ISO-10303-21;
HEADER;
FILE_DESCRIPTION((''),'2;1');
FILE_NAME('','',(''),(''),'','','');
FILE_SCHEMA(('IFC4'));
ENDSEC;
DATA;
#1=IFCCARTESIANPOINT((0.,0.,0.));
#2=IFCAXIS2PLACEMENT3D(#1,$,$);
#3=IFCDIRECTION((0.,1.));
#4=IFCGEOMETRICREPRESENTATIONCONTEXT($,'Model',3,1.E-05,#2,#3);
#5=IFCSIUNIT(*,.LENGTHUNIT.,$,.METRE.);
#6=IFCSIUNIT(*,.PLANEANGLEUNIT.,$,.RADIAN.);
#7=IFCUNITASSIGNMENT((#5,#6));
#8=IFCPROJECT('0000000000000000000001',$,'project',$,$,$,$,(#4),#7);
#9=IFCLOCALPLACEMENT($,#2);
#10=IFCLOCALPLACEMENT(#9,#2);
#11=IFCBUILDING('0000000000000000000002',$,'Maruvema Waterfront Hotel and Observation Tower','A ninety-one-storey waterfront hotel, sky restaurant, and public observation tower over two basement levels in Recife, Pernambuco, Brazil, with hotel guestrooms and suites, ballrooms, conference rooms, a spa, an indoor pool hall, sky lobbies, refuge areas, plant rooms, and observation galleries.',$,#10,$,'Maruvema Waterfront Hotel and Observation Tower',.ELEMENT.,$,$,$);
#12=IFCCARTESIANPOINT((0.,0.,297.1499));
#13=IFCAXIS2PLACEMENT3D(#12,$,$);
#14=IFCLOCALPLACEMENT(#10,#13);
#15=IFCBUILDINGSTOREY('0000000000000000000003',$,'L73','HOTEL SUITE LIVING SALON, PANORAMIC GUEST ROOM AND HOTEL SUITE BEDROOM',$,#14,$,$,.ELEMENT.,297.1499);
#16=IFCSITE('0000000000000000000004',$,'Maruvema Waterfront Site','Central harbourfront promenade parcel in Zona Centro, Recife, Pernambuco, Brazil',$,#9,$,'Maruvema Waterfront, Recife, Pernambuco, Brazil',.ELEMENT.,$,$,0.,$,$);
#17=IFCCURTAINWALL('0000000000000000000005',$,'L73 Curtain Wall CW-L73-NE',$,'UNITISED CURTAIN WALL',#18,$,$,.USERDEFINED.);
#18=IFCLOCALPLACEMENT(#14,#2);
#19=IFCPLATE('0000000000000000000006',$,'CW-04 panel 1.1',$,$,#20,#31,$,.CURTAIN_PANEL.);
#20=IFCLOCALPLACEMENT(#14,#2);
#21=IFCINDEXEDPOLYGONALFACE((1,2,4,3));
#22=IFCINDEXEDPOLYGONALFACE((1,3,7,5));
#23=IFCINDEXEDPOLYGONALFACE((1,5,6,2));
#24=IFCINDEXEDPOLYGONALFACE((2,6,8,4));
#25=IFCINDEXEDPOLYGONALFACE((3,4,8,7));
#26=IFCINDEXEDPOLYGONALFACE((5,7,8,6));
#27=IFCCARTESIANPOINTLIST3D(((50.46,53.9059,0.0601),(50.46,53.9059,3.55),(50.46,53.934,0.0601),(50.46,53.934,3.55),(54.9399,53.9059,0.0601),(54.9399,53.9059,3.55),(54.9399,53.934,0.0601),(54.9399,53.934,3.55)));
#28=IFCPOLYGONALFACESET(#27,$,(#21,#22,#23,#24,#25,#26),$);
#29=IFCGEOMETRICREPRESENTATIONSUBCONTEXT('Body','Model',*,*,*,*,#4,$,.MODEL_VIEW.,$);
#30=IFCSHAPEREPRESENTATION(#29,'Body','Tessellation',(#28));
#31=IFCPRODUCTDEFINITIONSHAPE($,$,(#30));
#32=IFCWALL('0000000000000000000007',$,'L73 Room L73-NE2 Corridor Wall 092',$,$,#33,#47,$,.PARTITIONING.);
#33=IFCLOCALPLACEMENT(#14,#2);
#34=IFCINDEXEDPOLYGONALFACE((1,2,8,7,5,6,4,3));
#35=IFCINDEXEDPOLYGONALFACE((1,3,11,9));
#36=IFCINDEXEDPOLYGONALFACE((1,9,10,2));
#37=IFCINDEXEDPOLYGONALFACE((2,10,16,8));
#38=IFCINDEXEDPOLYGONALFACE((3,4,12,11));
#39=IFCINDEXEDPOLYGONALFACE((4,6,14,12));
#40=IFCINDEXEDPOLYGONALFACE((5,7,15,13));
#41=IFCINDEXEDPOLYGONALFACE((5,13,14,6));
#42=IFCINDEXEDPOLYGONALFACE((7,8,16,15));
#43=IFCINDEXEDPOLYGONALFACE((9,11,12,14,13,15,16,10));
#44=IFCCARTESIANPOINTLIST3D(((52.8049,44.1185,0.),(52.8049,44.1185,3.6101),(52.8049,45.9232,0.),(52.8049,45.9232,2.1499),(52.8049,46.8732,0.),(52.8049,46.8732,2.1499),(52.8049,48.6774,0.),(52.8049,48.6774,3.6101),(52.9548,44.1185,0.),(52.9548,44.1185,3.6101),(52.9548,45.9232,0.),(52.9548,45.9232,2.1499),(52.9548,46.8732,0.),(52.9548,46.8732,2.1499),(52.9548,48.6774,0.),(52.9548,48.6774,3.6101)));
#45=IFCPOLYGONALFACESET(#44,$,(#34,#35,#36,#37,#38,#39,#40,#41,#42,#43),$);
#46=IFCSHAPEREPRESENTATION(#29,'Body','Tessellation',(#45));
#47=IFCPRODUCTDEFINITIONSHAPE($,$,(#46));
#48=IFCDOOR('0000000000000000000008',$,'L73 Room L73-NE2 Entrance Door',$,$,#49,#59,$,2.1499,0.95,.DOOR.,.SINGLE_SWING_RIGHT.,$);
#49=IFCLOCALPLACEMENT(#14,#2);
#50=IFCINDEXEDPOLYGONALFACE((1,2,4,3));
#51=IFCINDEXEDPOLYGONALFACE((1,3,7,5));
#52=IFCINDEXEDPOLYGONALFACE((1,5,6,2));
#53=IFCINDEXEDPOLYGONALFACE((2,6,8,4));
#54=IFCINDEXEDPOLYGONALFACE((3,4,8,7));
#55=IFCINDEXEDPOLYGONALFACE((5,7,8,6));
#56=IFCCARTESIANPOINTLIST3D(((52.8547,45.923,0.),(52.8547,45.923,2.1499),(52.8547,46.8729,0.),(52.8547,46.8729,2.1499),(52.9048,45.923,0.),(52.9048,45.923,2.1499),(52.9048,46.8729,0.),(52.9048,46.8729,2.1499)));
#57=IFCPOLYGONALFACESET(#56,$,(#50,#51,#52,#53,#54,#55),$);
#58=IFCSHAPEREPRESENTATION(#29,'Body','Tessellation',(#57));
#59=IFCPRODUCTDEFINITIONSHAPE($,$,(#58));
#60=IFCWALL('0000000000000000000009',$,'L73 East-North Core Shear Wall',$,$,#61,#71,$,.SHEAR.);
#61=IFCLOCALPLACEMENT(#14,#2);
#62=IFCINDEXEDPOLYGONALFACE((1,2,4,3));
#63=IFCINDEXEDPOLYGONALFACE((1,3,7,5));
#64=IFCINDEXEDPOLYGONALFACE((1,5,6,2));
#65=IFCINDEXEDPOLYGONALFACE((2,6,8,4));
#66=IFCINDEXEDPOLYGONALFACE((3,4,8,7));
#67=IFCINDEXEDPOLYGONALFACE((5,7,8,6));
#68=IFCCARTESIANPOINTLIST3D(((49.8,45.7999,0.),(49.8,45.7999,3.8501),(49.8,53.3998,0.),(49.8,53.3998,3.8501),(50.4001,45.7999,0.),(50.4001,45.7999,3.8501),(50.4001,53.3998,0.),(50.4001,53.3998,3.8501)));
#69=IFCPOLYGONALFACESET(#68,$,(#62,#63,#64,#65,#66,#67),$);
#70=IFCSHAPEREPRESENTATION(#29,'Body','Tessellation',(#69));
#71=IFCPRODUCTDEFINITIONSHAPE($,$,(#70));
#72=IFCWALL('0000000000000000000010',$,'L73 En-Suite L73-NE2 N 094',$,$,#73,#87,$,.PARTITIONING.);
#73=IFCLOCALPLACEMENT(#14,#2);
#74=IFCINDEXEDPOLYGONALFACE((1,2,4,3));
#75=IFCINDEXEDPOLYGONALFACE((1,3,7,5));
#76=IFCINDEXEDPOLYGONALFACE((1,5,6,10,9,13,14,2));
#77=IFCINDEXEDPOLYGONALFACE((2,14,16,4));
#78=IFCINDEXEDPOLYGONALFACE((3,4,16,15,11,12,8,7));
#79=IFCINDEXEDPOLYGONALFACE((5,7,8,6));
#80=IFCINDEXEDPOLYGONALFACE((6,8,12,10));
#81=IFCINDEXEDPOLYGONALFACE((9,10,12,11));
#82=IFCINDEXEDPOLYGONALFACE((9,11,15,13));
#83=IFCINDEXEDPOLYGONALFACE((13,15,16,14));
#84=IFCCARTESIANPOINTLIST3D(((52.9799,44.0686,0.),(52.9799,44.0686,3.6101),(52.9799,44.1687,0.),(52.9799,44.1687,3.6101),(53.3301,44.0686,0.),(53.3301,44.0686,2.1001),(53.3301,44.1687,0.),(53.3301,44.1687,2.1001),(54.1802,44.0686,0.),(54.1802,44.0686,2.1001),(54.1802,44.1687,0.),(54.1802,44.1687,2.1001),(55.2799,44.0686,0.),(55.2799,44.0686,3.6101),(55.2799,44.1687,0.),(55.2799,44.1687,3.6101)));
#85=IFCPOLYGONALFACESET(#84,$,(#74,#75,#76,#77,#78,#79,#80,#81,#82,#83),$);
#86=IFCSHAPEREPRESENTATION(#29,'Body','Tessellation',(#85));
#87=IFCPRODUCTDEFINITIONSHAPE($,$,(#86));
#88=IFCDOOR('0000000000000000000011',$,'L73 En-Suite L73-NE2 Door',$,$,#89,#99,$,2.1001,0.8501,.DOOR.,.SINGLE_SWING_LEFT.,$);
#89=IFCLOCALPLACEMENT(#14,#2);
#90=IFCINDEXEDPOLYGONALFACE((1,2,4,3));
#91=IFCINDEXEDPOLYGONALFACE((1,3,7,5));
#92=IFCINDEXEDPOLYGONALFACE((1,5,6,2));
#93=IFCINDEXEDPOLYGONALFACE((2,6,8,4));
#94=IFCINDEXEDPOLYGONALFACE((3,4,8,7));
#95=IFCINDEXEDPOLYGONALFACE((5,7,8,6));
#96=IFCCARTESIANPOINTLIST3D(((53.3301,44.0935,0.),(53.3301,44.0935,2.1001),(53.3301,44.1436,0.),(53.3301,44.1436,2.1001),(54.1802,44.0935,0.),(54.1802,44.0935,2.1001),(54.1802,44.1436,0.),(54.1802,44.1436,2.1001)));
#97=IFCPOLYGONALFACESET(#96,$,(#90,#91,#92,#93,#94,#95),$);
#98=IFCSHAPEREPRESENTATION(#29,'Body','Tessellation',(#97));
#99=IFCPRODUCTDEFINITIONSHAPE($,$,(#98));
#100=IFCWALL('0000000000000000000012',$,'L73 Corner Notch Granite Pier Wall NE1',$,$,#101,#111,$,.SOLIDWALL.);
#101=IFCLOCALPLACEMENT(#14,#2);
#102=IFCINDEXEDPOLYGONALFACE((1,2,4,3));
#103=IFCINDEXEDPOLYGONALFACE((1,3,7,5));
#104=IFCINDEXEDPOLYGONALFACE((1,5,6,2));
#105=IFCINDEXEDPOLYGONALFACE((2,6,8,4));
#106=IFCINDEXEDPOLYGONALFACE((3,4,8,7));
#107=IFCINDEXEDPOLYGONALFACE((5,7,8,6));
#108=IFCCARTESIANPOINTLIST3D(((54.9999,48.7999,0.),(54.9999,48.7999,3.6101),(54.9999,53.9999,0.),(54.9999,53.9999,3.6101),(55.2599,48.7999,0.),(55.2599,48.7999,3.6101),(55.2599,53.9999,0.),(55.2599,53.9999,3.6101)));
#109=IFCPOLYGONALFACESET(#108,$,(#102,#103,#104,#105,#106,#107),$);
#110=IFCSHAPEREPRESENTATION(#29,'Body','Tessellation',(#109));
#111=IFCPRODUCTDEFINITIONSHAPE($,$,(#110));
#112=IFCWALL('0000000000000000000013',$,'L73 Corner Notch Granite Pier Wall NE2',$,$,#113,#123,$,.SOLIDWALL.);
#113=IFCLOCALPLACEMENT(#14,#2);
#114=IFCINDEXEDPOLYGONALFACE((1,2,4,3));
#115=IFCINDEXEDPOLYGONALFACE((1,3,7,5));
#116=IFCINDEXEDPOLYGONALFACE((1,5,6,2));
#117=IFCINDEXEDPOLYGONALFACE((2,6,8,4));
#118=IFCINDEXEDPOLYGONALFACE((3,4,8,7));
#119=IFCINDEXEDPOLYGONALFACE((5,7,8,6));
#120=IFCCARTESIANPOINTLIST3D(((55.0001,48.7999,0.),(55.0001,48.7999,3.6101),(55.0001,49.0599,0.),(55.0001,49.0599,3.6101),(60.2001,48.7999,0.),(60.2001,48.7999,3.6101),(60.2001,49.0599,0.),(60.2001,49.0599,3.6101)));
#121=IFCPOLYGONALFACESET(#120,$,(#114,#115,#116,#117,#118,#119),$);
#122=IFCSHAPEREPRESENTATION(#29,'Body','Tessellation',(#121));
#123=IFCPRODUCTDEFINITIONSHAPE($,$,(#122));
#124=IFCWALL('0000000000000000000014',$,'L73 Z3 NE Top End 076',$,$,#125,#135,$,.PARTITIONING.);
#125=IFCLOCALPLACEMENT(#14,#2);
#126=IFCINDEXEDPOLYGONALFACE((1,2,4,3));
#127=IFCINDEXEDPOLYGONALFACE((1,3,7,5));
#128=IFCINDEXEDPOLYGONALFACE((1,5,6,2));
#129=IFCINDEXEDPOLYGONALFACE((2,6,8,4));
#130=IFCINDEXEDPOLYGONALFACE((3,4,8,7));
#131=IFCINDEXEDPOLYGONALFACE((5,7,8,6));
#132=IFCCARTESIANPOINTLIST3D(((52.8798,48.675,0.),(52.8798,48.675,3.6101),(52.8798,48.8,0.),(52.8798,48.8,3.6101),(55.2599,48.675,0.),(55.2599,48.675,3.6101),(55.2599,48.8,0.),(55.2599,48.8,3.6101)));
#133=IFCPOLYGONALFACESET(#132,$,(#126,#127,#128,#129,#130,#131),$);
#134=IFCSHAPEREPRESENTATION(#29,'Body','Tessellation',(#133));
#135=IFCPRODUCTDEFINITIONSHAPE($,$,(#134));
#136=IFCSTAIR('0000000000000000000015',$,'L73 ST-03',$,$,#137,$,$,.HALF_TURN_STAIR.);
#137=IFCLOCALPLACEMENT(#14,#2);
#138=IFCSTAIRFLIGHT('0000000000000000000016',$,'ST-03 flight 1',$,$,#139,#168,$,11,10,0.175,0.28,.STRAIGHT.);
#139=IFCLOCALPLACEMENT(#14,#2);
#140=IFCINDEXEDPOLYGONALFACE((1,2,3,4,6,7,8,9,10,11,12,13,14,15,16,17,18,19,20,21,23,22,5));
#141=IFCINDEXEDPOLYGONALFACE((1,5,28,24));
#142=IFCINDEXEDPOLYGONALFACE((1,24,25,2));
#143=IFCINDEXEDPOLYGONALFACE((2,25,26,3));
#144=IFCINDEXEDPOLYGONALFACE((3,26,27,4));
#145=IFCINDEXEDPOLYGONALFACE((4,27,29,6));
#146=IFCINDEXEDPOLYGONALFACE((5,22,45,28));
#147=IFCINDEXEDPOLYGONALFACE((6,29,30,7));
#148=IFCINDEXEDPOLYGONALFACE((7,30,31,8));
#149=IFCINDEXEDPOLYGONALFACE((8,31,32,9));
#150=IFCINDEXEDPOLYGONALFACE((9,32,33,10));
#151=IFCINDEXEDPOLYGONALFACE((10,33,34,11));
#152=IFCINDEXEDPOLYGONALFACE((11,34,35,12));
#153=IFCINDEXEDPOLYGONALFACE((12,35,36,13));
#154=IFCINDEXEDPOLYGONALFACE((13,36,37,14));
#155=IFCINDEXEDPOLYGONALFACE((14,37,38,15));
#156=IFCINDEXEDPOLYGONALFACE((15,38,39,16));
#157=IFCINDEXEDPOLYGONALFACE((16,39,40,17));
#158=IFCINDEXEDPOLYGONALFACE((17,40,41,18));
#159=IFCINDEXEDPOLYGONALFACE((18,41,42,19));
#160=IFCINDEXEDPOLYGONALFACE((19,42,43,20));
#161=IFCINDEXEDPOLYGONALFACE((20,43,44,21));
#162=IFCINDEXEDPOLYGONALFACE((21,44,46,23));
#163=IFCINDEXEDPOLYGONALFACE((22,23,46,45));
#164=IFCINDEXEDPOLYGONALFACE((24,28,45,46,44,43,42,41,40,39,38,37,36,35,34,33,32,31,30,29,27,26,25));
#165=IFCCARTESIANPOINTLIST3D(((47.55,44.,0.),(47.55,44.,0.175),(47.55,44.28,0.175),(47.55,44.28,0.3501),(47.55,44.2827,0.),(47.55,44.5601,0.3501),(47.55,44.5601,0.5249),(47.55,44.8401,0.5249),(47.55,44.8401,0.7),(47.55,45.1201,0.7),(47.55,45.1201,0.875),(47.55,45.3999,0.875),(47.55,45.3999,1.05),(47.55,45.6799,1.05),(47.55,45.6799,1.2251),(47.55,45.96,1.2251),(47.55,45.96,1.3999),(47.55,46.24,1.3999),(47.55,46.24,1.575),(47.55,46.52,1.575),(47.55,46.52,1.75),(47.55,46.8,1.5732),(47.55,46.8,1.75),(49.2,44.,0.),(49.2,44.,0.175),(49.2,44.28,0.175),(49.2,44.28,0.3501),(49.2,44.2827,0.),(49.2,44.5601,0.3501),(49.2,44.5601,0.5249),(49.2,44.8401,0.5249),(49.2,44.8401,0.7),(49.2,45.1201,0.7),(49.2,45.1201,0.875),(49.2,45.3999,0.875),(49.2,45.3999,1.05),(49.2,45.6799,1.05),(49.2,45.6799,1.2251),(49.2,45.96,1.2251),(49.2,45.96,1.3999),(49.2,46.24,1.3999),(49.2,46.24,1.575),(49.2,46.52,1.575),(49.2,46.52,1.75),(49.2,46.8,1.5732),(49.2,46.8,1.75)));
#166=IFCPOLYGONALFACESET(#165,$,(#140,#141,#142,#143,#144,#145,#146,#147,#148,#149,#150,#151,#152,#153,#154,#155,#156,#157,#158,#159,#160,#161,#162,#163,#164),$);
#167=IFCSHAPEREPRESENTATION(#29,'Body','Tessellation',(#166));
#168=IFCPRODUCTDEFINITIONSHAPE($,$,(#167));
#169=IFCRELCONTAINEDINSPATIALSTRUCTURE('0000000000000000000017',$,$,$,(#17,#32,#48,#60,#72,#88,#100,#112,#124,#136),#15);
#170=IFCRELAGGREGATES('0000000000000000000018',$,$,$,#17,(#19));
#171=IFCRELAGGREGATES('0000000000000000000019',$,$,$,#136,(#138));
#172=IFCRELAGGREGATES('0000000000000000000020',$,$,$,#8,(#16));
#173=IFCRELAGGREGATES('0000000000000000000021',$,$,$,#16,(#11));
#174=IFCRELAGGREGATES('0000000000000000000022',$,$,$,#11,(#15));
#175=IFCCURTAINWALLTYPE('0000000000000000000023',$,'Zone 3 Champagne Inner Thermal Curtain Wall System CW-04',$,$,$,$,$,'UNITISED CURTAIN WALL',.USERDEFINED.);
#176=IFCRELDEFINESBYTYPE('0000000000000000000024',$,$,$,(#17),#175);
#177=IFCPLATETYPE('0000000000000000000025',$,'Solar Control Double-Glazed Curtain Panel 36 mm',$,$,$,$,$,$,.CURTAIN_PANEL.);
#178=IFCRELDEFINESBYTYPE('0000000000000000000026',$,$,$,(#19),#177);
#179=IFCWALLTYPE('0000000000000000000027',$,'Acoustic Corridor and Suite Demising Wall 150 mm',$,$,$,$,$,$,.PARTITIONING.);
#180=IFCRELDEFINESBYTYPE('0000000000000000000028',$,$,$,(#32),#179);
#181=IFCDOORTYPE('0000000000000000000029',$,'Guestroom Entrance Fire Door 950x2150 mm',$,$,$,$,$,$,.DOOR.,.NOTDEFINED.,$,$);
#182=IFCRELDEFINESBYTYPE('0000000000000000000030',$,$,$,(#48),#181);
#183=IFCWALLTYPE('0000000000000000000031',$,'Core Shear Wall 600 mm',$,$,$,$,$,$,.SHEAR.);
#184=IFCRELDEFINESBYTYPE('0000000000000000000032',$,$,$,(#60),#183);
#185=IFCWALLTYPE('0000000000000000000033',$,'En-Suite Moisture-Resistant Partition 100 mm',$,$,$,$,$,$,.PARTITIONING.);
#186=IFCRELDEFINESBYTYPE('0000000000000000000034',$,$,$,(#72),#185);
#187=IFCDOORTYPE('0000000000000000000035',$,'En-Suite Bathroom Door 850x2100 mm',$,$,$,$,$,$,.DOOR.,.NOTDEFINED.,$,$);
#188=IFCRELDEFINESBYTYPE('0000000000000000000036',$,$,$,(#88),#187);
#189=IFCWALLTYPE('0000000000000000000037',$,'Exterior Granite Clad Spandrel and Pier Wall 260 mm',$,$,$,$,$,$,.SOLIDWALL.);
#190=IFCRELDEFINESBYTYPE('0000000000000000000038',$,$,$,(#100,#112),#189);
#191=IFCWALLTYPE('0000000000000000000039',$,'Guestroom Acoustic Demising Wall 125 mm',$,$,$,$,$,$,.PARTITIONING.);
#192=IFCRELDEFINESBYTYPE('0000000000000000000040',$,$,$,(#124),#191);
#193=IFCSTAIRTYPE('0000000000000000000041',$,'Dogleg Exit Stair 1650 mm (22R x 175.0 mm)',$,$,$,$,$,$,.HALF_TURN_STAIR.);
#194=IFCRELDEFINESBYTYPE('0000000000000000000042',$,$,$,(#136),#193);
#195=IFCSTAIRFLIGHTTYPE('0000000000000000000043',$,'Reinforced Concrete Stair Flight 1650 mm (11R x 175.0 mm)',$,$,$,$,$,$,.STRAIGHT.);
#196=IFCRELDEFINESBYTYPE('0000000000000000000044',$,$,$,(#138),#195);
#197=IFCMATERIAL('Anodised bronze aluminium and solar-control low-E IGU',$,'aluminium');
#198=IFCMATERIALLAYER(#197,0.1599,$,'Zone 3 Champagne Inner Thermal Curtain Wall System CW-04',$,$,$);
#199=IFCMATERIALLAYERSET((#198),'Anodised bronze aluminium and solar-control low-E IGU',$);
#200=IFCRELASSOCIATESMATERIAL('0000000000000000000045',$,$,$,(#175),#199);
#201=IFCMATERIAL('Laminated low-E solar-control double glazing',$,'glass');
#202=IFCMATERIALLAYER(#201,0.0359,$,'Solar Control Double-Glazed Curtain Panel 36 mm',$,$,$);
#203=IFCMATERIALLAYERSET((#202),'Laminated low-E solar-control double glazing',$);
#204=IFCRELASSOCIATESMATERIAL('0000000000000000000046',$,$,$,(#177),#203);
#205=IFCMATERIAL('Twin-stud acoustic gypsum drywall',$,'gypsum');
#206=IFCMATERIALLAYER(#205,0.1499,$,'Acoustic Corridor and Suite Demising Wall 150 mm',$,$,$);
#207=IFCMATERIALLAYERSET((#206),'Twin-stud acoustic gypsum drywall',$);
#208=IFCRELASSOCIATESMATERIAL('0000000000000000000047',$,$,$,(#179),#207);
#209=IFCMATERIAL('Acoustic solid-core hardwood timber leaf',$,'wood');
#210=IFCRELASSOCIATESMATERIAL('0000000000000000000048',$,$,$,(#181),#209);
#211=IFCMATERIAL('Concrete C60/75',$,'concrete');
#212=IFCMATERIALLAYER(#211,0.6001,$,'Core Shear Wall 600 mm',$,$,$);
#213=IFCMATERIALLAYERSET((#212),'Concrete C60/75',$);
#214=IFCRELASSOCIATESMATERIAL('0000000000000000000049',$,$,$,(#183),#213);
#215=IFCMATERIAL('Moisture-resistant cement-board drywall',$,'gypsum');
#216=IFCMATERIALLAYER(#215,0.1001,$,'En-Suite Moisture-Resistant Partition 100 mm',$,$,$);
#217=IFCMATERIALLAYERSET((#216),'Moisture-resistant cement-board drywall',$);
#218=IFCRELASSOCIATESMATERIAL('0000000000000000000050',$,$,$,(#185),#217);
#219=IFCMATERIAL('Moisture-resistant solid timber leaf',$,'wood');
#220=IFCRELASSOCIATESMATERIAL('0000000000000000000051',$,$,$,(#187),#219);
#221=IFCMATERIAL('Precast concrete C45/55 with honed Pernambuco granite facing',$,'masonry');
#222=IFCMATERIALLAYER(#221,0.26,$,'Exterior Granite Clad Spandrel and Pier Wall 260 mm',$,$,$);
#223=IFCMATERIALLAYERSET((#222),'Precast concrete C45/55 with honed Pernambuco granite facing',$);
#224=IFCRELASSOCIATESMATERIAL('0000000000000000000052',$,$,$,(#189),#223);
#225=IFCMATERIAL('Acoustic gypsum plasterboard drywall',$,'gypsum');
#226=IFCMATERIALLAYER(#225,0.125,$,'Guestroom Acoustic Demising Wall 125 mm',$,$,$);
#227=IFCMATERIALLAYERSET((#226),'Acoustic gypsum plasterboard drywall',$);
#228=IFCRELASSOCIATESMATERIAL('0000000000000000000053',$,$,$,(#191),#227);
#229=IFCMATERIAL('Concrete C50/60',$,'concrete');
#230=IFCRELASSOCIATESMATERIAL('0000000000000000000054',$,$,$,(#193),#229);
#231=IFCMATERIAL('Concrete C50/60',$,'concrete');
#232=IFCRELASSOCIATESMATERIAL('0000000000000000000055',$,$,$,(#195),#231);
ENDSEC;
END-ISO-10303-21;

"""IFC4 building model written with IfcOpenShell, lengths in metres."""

from ifc_helpers import new_model, si_unit, direction, frame, frame_2d, origin, origin_2d, place, context, subcontext, project, spatial, polyline, rectangle, outline, extrude, material, layer, layer_set, type_object, element, fill, aggregate, save


model = new_model("IFC4")

# Units and contexts
model_context = context("Model", 3, precision=1e-05, world=origin(), true_north=direction((0.0, 1.0)))
body_context = subcontext(model_context, "Body", "Model", "MODEL_VIEW")
ifc_project = project(units=[si_unit("LENGTHUNIT", "METRE"), si_unit("PLANEANGLEUNIT", "RADIAN")], contexts=[model_context])

# Site, building, storey
site_placement = place(None, origin())
site = spatial("IfcSite", under=ifc_project, at=site_placement, Name="Maruvema Waterfront Site", Description="Central harbourfront promenade parcel in Zona Centro, Recife, Pernambuco, Brazil", LongName="Maruvema Waterfront, Recife, Pernambuco, Brazil", CompositionType="ELEMENT", RefElevation=0.0)
building_placement = place(site_placement, origin())
building = spatial("IfcBuilding", under=site, at=building_placement, Name="Maruvema Waterfront Hotel and Observation Tower", Description="A ninety-one-storey waterfront hotel, sky restaurant, and public observation tower over two basement levels in Recife, Pernambuco, Brazil, with hotel guestrooms and suites, ballrooms, conference rooms, a spa, an indoor pool hall, sky lobbies, refuge areas, plant rooms, and observation galleries.", LongName="Maruvema Waterfront Hotel and Observation Tower", CompositionType="ELEMENT")
storey_placement = place(building_placement, frame((0.0, 0.0, 297.1499)))
storey = spatial("IfcBuildingStorey", under=building, at=storey_placement, Name="L73", Description="HOTEL SUITE LIVING SALON, PANORAMIC GUEST ROOM AND HOTEL SUITE BEDROOM", CompositionType="ELEMENT", Elevation=297.1499)

# Curtain wall
ifc_material_1 = material(Name="Anodised bronze aluminium and solar-control low-E IGU", Category="aluminium")
ifc_layer_1 = layer(ifc_material_1, 0.1599, Name="Zone 3 Champagne Inner Thermal Curtain Wall System CW-04")
ifc_layer_set_1 = layer_set([ifc_layer_1], Name="Anodised bronze aluminium and solar-control low-E IGU")
curtain_wall_type = type_object("IfcCurtainWallType", Name="Zone 3 Champagne Inner Thermal Curtain Wall System CW-04", ElementType="UNITISED CURTAIN WALL", PredefinedType="USERDEFINED", material=ifc_layer_set_1)
curtain_wall_1_placement = place(storey_placement, origin())
curtain_wall_1 = element("IfcCurtainWall", 1, at=curtain_wall_1_placement, inside=storey, type_object=curtain_wall_type, Name="L73 Curtain Wall CW-L73-NE", ObjectType="UNITISED CURTAIN WALL", PredefinedType="USERDEFINED")

# Plate
ifc_material_2 = material(Name="Laminated low-E solar-control double glazing", Category="glass")
ifc_layer_2 = layer(ifc_material_2, 0.0359, Name="Solar Control Double-Glazed Curtain Panel 36 mm")
ifc_layer_set_2 = layer_set([ifc_layer_2], Name="Laminated low-E solar-control double glazing")
plate_type = type_object("IfcPlateType", Name="Solar Control Double-Glazed Curtain Panel 36 mm", PredefinedType="CURTAIN_PANEL", material=ifc_layer_set_2)
plate_1_placement = place(storey_placement, frame((52.7, 53.9199, 0.0601), z_axis=(0.0, 0.0, 1.0), x_axis=(-1.0, 0.0, 0.0)))
plate_1 = element("IfcPlate", 2, at=plate_1_placement, type_object=plate_type, Name="CW-04 panel 1.1", PredefinedType="CURTAIN_PANEL", context=body_context, shape_type="SweptSolid", body=[
    extrude(rectangle(XDim=4.48, YDim=0.0281, at=origin_2d()), origin(), (0.0, 0.0, 1.0), 3.49),
])
aggregate(curtain_wall_1, [plate_1])

# Wall, opening, door
ifc_material_3 = material(Name="Twin-stud acoustic gypsum drywall", Category="gypsum")
ifc_layer_3 = layer(ifc_material_3, 0.1499, Name="Acoustic Corridor and Suite Demising Wall 150 mm")
ifc_layer_set_3 = layer_set([ifc_layer_3], Name="Twin-stud acoustic gypsum drywall")
wall_type_1 = type_object("IfcWallType", Name="Acoustic Corridor and Suite Demising Wall 150 mm", PredefinedType="PARTITIONING", material=ifc_layer_set_3)
wall_1_placement = place(storey_placement, frame((52.8799, 44.1187, 0.0), z_axis=(0.0, 0.0, 1.0), x_axis=(0.0, 1.0, 0.0)))
wall_1 = element("IfcWall", 3, at=wall_1_placement, inside=storey, type_object=wall_type_1, Name="L73 Room L73-NE2 Corridor Wall 092", PredefinedType="PARTITIONING", context=body_context, shape_type="SweptSolid", body=[
    extrude(rectangle(XDim=4.5588, YDim=0.1499, at=frame_2d((2.2793, 0.0))), origin(), (0.0, 0.0, 1.0), 3.6101),
])
opening_1_placement = place(wall_1_placement, frame((1.8044, 0.0, 0.0)))
opening_1 = element("IfcOpeningElement", 4, at=opening_1_placement, cuts=wall_1, PredefinedType="OPENING", context=body_context, shape_type="SweptSolid", body=[
    extrude(rectangle(XDim=0.95, YDim=2.1499, at=frame_2d((0.4751, 1.075))), frame((0.0, 0.085, 0.0), z_axis=(0.0, -1.0, 0.0), x_axis=(1.0, 0.0, 0.0)), (0.0, 0.0, 1.0), 0.1699),
])
ifc_material_4 = material(Name="Acoustic solid-core hardwood timber leaf", Category="wood")
door_type_1 = type_object("IfcDoorType", Name="Guestroom Entrance Fire Door 950x2150 mm", OperationType="NOTDEFINED", PredefinedType="DOOR", material=ifc_material_4)
door_1_placement = place(opening_1_placement, frame((0.95, 0.0, 0.0), z_axis=(0.0, 0.0, 1.0), x_axis=(-1.0, 0.0, 0.0)))
door_1 = element("IfcDoor", 5, at=door_1_placement, inside=storey, type_object=door_type_1, Name="L73 Room L73-NE2 Entrance Door", OperationType="SINGLE_SWING_RIGHT", OverallHeight=2.1499, OverallWidth=0.95, PredefinedType="DOOR", context=body_context, shape_type="SweptSolid", body=[
    extrude(rectangle(XDim=0.95, YDim=2.1499, at=frame_2d((0.4751, 1.075))), frame((0.0, 0.0249, 0.0), z_axis=(0.0, -1.0, 0.0), x_axis=(1.0, 0.0, 0.0)), (0.0, 0.0, 1.0), 0.05),
])
fill(opening_1, door_1)

# Wall
ifc_material_5 = material(Name="Concrete C60/75", Category="concrete")
ifc_layer_4 = layer(ifc_material_5, 0.6001, Name="Core Shear Wall 600 mm")
ifc_layer_set_4 = layer_set([ifc_layer_4], Name="Concrete C60/75")
wall_type_2 = type_object("IfcWallType", Name="Core Shear Wall 600 mm", PredefinedType="SHEAR", material=ifc_layer_set_4)
wall_2_placement = place(storey_placement, frame((50.1001, 45.8, 0.0), z_axis=(0.0, 0.0, 1.0), x_axis=(0.0, 1.0, 0.0)))
element("IfcWall", 6, at=wall_2_placement, inside=storey, type_object=wall_type_2, Name="L73 East-North Core Shear Wall", PredefinedType="SHEAR", context=body_context, shape_type="SweptSolid", body=[
    extrude(rectangle(XDim=7.5999, YDim=0.6001, at=frame_2d((3.7998, 0.0))), origin(), (0.0, 0.0, 1.0), 3.8501),
])

# Wall, opening, door
ifc_material_6 = material(Name="Moisture-resistant cement-board drywall", Category="gypsum")
ifc_layer_5 = layer(ifc_material_6, 0.1001, Name="En-Suite Moisture-Resistant Partition 100 mm")
ifc_layer_set_5 = layer_set([ifc_layer_5], Name="Moisture-resistant cement-board drywall")
wall_type_3 = type_object("IfcWallType", Name="En-Suite Moisture-Resistant Partition 100 mm", PredefinedType="PARTITIONING", material=ifc_layer_set_5)
wall_3_placement = place(storey_placement, frame((52.98, 44.1187, 0.0), z_axis=(0.0, 0.0, 1.0), x_axis=(1.0, 0.0, 0.0)))
wall_3 = element("IfcWall", 7, at=wall_3_placement, inside=storey, type_object=wall_type_3, Name="L73 En-Suite L73-NE2 N 094", PredefinedType="PARTITIONING", context=body_context, shape_type="SweptSolid", body=[
    extrude(rectangle(XDim=2.3, YDim=0.1001, at=frame_2d((1.1499, 0.0))), origin(), (0.0, 0.0, 1.0), 3.6101),
])
opening_2_placement = place(wall_3_placement, frame((0.3501, 0.0, 0.0)))
opening_2 = element("IfcOpeningElement", 8, at=opening_2_placement, cuts=wall_3, PredefinedType="OPENING", context=body_context, shape_type="SweptSolid", body=[
    extrude(rectangle(XDim=0.8501, YDim=2.1001, at=frame_2d((0.425, 1.05))), frame((0.0, 0.0601, 0.0), z_axis=(0.0, -1.0, 0.0), x_axis=(1.0, 0.0, 0.0)), (0.0, 0.0, 1.0), 0.1201),
])
ifc_material_7 = material(Name="Moisture-resistant solid timber leaf", Category="wood")
door_type_2 = type_object("IfcDoorType", Name="En-Suite Bathroom Door 850x2100 mm", OperationType="NOTDEFINED", PredefinedType="DOOR", material=ifc_material_7)
door_2_placement = place(opening_2_placement, origin())
door_2 = element("IfcDoor", 9, at=door_2_placement, inside=storey, type_object=door_type_2, Name="L73 En-Suite L73-NE2 Door", OperationType="SINGLE_SWING_LEFT", OverallHeight=2.1001, OverallWidth=0.8501, PredefinedType="DOOR", context=body_context, shape_type="SweptSolid", body=[
    extrude(rectangle(XDim=0.8501, YDim=2.1001, at=frame_2d((0.425, 1.05))), frame((0.0, 0.0249, 0.0), z_axis=(0.0, -1.0, 0.0), x_axis=(1.0, 0.0, 0.0)), (0.0, 0.0, 1.0), 0.05),
])
fill(opening_2, door_2)

# Walls
ifc_material_8 = material(Name="Precast concrete C45/55 with honed Pernambuco granite facing", Category="masonry")
ifc_layer_6 = layer(ifc_material_8, 0.26, Name="Exterior Granite Clad Spandrel and Pier Wall 260 mm")
ifc_layer_set_6 = layer_set([ifc_layer_6], Name="Precast concrete C45/55 with honed Pernambuco granite facing")
wall_type_4 = type_object("IfcWallType", Name="Exterior Granite Clad Spandrel and Pier Wall 260 mm", PredefinedType="SOLIDWALL", material=ifc_layer_set_6)
for number, where, z_axis, x_axis, name in (
    (10, (55.1299, 54.0, 0.0), (0.0, 0.0, 1.0), (0.0, -1.0, 0.0), "L73 Corner Notch Granite Pier Wall NE1"),
    (11, (55.0, 48.9299, 0.0), (0.0, 0.0, 1.0), (1.0, 0.0, 0.0), "L73 Corner Notch Granite Pier Wall NE2"),
):
    element("IfcWall", number, at=place(storey_placement, frame(where, z_axis=z_axis, x_axis=x_axis)), inside=storey, type_object=wall_type_4, Name=name, PredefinedType="SOLIDWALL", context=body_context, shape_type="SweptSolid", body=[
        extrude(rectangle(XDim=5.2, YDim=0.26, at=frame_2d((2.6001, 0.0))), origin(), (0.0, 0.0, 1.0), 3.6101),
    ])
ifc_material_9 = material(Name="Acoustic gypsum plasterboard drywall", Category="gypsum")
ifc_layer_7 = layer(ifc_material_9, 0.125, Name="Guestroom Acoustic Demising Wall 125 mm")
ifc_layer_set_7 = layer_set([ifc_layer_7], Name="Acoustic gypsum plasterboard drywall")
wall_type_5 = type_object("IfcWallType", Name="Guestroom Acoustic Demising Wall 125 mm", PredefinedType="PARTITIONING", material=ifc_layer_set_7)
wall_4_placement = place(storey_placement, frame((52.8799, 48.7375, 0.0), z_axis=(0.0, 0.0, 1.0), x_axis=(1.0, 0.0, 0.0)))
element("IfcWall", 12, at=wall_4_placement, inside=storey, type_object=wall_type_5, Name="L73 Z3 NE Top End 076", PredefinedType="PARTITIONING", context=body_context, shape_type="SweptSolid", body=[
    extrude(rectangle(XDim=2.3801, YDim=0.125, at=frame_2d((1.1899, 0.0))), origin(), (0.0, 0.0, 1.0), 3.6101),
])

# Stair, stair flight
ifc_material_10 = material(Name="Concrete C50/60", Category="concrete")
stair_type = type_object("IfcStairType", Name="Dogleg Exit Stair 1650 mm (22R x 175.0 mm)", PredefinedType="HALF_TURN_STAIR", material=ifc_material_10)
stair_placement = place(storey_placement, origin())
stair = element("IfcStair", 13, at=stair_placement, inside=storey, type_object=stair_type, Name="L73 ST-03", PredefinedType="HALF_TURN_STAIR")
ifc_material_11 = material(Name="Concrete C50/60", Category="concrete")
stair_flight_type = type_object("IfcStairFlightType", Name="Reinforced Concrete Stair Flight 1650 mm (11R x 175.0 mm)", PredefinedType="STRAIGHT", material=ifc_material_11)
stair_flight_placement = place(storey_placement, frame((48.375, 44.0, 0.0), z_axis=(0.0, 0.0, 1.0), x_axis=(0.0, 1.0, 0.0)))
stair_flight = element("IfcStairFlight", 14, at=stair_flight_placement, type_object=stair_flight_type, Name="ST-03 flight 1", NumberOfRisers=11, NumberOfTreads=10, PredefinedType="STRAIGHT", RiserHeight=0.175, TreadLength=0.28, context=body_context, shape_type="SweptSolid", body=[
    extrude(outline(polyline([(0.0, 0.0), (0.0, 0.175), (0.28, 0.175), (0.28, 0.3501), (0.5601, 0.3501), (0.5601, 0.5249), (0.8401, 0.5249), (0.8401, 0.7), (1.1201, 0.7), (1.1201, 0.875), (1.3999, 0.875), (1.3999, 1.05), (1.6799, 1.05), (1.6799, 1.2251), (1.96, 1.2251), (1.96, 1.3999), (2.24, 1.3999), (2.24, 1.575), (2.52, 1.575), (2.52, 1.75), (2.8, 1.75), (2.8, 1.925), (2.8, 1.5732), (0.2827, 0.0), (0.0, 0.0)])), frame((0.0, 0.825, 0.0), z_axis=(0.0, -1.0, 0.0), x_axis=(1.0, 0.0, 0.0)), (0.0, 0.0, 1.0), 1.6499),
])
aggregate(stair, [stair_flight])

save(model, "model.ifc")
